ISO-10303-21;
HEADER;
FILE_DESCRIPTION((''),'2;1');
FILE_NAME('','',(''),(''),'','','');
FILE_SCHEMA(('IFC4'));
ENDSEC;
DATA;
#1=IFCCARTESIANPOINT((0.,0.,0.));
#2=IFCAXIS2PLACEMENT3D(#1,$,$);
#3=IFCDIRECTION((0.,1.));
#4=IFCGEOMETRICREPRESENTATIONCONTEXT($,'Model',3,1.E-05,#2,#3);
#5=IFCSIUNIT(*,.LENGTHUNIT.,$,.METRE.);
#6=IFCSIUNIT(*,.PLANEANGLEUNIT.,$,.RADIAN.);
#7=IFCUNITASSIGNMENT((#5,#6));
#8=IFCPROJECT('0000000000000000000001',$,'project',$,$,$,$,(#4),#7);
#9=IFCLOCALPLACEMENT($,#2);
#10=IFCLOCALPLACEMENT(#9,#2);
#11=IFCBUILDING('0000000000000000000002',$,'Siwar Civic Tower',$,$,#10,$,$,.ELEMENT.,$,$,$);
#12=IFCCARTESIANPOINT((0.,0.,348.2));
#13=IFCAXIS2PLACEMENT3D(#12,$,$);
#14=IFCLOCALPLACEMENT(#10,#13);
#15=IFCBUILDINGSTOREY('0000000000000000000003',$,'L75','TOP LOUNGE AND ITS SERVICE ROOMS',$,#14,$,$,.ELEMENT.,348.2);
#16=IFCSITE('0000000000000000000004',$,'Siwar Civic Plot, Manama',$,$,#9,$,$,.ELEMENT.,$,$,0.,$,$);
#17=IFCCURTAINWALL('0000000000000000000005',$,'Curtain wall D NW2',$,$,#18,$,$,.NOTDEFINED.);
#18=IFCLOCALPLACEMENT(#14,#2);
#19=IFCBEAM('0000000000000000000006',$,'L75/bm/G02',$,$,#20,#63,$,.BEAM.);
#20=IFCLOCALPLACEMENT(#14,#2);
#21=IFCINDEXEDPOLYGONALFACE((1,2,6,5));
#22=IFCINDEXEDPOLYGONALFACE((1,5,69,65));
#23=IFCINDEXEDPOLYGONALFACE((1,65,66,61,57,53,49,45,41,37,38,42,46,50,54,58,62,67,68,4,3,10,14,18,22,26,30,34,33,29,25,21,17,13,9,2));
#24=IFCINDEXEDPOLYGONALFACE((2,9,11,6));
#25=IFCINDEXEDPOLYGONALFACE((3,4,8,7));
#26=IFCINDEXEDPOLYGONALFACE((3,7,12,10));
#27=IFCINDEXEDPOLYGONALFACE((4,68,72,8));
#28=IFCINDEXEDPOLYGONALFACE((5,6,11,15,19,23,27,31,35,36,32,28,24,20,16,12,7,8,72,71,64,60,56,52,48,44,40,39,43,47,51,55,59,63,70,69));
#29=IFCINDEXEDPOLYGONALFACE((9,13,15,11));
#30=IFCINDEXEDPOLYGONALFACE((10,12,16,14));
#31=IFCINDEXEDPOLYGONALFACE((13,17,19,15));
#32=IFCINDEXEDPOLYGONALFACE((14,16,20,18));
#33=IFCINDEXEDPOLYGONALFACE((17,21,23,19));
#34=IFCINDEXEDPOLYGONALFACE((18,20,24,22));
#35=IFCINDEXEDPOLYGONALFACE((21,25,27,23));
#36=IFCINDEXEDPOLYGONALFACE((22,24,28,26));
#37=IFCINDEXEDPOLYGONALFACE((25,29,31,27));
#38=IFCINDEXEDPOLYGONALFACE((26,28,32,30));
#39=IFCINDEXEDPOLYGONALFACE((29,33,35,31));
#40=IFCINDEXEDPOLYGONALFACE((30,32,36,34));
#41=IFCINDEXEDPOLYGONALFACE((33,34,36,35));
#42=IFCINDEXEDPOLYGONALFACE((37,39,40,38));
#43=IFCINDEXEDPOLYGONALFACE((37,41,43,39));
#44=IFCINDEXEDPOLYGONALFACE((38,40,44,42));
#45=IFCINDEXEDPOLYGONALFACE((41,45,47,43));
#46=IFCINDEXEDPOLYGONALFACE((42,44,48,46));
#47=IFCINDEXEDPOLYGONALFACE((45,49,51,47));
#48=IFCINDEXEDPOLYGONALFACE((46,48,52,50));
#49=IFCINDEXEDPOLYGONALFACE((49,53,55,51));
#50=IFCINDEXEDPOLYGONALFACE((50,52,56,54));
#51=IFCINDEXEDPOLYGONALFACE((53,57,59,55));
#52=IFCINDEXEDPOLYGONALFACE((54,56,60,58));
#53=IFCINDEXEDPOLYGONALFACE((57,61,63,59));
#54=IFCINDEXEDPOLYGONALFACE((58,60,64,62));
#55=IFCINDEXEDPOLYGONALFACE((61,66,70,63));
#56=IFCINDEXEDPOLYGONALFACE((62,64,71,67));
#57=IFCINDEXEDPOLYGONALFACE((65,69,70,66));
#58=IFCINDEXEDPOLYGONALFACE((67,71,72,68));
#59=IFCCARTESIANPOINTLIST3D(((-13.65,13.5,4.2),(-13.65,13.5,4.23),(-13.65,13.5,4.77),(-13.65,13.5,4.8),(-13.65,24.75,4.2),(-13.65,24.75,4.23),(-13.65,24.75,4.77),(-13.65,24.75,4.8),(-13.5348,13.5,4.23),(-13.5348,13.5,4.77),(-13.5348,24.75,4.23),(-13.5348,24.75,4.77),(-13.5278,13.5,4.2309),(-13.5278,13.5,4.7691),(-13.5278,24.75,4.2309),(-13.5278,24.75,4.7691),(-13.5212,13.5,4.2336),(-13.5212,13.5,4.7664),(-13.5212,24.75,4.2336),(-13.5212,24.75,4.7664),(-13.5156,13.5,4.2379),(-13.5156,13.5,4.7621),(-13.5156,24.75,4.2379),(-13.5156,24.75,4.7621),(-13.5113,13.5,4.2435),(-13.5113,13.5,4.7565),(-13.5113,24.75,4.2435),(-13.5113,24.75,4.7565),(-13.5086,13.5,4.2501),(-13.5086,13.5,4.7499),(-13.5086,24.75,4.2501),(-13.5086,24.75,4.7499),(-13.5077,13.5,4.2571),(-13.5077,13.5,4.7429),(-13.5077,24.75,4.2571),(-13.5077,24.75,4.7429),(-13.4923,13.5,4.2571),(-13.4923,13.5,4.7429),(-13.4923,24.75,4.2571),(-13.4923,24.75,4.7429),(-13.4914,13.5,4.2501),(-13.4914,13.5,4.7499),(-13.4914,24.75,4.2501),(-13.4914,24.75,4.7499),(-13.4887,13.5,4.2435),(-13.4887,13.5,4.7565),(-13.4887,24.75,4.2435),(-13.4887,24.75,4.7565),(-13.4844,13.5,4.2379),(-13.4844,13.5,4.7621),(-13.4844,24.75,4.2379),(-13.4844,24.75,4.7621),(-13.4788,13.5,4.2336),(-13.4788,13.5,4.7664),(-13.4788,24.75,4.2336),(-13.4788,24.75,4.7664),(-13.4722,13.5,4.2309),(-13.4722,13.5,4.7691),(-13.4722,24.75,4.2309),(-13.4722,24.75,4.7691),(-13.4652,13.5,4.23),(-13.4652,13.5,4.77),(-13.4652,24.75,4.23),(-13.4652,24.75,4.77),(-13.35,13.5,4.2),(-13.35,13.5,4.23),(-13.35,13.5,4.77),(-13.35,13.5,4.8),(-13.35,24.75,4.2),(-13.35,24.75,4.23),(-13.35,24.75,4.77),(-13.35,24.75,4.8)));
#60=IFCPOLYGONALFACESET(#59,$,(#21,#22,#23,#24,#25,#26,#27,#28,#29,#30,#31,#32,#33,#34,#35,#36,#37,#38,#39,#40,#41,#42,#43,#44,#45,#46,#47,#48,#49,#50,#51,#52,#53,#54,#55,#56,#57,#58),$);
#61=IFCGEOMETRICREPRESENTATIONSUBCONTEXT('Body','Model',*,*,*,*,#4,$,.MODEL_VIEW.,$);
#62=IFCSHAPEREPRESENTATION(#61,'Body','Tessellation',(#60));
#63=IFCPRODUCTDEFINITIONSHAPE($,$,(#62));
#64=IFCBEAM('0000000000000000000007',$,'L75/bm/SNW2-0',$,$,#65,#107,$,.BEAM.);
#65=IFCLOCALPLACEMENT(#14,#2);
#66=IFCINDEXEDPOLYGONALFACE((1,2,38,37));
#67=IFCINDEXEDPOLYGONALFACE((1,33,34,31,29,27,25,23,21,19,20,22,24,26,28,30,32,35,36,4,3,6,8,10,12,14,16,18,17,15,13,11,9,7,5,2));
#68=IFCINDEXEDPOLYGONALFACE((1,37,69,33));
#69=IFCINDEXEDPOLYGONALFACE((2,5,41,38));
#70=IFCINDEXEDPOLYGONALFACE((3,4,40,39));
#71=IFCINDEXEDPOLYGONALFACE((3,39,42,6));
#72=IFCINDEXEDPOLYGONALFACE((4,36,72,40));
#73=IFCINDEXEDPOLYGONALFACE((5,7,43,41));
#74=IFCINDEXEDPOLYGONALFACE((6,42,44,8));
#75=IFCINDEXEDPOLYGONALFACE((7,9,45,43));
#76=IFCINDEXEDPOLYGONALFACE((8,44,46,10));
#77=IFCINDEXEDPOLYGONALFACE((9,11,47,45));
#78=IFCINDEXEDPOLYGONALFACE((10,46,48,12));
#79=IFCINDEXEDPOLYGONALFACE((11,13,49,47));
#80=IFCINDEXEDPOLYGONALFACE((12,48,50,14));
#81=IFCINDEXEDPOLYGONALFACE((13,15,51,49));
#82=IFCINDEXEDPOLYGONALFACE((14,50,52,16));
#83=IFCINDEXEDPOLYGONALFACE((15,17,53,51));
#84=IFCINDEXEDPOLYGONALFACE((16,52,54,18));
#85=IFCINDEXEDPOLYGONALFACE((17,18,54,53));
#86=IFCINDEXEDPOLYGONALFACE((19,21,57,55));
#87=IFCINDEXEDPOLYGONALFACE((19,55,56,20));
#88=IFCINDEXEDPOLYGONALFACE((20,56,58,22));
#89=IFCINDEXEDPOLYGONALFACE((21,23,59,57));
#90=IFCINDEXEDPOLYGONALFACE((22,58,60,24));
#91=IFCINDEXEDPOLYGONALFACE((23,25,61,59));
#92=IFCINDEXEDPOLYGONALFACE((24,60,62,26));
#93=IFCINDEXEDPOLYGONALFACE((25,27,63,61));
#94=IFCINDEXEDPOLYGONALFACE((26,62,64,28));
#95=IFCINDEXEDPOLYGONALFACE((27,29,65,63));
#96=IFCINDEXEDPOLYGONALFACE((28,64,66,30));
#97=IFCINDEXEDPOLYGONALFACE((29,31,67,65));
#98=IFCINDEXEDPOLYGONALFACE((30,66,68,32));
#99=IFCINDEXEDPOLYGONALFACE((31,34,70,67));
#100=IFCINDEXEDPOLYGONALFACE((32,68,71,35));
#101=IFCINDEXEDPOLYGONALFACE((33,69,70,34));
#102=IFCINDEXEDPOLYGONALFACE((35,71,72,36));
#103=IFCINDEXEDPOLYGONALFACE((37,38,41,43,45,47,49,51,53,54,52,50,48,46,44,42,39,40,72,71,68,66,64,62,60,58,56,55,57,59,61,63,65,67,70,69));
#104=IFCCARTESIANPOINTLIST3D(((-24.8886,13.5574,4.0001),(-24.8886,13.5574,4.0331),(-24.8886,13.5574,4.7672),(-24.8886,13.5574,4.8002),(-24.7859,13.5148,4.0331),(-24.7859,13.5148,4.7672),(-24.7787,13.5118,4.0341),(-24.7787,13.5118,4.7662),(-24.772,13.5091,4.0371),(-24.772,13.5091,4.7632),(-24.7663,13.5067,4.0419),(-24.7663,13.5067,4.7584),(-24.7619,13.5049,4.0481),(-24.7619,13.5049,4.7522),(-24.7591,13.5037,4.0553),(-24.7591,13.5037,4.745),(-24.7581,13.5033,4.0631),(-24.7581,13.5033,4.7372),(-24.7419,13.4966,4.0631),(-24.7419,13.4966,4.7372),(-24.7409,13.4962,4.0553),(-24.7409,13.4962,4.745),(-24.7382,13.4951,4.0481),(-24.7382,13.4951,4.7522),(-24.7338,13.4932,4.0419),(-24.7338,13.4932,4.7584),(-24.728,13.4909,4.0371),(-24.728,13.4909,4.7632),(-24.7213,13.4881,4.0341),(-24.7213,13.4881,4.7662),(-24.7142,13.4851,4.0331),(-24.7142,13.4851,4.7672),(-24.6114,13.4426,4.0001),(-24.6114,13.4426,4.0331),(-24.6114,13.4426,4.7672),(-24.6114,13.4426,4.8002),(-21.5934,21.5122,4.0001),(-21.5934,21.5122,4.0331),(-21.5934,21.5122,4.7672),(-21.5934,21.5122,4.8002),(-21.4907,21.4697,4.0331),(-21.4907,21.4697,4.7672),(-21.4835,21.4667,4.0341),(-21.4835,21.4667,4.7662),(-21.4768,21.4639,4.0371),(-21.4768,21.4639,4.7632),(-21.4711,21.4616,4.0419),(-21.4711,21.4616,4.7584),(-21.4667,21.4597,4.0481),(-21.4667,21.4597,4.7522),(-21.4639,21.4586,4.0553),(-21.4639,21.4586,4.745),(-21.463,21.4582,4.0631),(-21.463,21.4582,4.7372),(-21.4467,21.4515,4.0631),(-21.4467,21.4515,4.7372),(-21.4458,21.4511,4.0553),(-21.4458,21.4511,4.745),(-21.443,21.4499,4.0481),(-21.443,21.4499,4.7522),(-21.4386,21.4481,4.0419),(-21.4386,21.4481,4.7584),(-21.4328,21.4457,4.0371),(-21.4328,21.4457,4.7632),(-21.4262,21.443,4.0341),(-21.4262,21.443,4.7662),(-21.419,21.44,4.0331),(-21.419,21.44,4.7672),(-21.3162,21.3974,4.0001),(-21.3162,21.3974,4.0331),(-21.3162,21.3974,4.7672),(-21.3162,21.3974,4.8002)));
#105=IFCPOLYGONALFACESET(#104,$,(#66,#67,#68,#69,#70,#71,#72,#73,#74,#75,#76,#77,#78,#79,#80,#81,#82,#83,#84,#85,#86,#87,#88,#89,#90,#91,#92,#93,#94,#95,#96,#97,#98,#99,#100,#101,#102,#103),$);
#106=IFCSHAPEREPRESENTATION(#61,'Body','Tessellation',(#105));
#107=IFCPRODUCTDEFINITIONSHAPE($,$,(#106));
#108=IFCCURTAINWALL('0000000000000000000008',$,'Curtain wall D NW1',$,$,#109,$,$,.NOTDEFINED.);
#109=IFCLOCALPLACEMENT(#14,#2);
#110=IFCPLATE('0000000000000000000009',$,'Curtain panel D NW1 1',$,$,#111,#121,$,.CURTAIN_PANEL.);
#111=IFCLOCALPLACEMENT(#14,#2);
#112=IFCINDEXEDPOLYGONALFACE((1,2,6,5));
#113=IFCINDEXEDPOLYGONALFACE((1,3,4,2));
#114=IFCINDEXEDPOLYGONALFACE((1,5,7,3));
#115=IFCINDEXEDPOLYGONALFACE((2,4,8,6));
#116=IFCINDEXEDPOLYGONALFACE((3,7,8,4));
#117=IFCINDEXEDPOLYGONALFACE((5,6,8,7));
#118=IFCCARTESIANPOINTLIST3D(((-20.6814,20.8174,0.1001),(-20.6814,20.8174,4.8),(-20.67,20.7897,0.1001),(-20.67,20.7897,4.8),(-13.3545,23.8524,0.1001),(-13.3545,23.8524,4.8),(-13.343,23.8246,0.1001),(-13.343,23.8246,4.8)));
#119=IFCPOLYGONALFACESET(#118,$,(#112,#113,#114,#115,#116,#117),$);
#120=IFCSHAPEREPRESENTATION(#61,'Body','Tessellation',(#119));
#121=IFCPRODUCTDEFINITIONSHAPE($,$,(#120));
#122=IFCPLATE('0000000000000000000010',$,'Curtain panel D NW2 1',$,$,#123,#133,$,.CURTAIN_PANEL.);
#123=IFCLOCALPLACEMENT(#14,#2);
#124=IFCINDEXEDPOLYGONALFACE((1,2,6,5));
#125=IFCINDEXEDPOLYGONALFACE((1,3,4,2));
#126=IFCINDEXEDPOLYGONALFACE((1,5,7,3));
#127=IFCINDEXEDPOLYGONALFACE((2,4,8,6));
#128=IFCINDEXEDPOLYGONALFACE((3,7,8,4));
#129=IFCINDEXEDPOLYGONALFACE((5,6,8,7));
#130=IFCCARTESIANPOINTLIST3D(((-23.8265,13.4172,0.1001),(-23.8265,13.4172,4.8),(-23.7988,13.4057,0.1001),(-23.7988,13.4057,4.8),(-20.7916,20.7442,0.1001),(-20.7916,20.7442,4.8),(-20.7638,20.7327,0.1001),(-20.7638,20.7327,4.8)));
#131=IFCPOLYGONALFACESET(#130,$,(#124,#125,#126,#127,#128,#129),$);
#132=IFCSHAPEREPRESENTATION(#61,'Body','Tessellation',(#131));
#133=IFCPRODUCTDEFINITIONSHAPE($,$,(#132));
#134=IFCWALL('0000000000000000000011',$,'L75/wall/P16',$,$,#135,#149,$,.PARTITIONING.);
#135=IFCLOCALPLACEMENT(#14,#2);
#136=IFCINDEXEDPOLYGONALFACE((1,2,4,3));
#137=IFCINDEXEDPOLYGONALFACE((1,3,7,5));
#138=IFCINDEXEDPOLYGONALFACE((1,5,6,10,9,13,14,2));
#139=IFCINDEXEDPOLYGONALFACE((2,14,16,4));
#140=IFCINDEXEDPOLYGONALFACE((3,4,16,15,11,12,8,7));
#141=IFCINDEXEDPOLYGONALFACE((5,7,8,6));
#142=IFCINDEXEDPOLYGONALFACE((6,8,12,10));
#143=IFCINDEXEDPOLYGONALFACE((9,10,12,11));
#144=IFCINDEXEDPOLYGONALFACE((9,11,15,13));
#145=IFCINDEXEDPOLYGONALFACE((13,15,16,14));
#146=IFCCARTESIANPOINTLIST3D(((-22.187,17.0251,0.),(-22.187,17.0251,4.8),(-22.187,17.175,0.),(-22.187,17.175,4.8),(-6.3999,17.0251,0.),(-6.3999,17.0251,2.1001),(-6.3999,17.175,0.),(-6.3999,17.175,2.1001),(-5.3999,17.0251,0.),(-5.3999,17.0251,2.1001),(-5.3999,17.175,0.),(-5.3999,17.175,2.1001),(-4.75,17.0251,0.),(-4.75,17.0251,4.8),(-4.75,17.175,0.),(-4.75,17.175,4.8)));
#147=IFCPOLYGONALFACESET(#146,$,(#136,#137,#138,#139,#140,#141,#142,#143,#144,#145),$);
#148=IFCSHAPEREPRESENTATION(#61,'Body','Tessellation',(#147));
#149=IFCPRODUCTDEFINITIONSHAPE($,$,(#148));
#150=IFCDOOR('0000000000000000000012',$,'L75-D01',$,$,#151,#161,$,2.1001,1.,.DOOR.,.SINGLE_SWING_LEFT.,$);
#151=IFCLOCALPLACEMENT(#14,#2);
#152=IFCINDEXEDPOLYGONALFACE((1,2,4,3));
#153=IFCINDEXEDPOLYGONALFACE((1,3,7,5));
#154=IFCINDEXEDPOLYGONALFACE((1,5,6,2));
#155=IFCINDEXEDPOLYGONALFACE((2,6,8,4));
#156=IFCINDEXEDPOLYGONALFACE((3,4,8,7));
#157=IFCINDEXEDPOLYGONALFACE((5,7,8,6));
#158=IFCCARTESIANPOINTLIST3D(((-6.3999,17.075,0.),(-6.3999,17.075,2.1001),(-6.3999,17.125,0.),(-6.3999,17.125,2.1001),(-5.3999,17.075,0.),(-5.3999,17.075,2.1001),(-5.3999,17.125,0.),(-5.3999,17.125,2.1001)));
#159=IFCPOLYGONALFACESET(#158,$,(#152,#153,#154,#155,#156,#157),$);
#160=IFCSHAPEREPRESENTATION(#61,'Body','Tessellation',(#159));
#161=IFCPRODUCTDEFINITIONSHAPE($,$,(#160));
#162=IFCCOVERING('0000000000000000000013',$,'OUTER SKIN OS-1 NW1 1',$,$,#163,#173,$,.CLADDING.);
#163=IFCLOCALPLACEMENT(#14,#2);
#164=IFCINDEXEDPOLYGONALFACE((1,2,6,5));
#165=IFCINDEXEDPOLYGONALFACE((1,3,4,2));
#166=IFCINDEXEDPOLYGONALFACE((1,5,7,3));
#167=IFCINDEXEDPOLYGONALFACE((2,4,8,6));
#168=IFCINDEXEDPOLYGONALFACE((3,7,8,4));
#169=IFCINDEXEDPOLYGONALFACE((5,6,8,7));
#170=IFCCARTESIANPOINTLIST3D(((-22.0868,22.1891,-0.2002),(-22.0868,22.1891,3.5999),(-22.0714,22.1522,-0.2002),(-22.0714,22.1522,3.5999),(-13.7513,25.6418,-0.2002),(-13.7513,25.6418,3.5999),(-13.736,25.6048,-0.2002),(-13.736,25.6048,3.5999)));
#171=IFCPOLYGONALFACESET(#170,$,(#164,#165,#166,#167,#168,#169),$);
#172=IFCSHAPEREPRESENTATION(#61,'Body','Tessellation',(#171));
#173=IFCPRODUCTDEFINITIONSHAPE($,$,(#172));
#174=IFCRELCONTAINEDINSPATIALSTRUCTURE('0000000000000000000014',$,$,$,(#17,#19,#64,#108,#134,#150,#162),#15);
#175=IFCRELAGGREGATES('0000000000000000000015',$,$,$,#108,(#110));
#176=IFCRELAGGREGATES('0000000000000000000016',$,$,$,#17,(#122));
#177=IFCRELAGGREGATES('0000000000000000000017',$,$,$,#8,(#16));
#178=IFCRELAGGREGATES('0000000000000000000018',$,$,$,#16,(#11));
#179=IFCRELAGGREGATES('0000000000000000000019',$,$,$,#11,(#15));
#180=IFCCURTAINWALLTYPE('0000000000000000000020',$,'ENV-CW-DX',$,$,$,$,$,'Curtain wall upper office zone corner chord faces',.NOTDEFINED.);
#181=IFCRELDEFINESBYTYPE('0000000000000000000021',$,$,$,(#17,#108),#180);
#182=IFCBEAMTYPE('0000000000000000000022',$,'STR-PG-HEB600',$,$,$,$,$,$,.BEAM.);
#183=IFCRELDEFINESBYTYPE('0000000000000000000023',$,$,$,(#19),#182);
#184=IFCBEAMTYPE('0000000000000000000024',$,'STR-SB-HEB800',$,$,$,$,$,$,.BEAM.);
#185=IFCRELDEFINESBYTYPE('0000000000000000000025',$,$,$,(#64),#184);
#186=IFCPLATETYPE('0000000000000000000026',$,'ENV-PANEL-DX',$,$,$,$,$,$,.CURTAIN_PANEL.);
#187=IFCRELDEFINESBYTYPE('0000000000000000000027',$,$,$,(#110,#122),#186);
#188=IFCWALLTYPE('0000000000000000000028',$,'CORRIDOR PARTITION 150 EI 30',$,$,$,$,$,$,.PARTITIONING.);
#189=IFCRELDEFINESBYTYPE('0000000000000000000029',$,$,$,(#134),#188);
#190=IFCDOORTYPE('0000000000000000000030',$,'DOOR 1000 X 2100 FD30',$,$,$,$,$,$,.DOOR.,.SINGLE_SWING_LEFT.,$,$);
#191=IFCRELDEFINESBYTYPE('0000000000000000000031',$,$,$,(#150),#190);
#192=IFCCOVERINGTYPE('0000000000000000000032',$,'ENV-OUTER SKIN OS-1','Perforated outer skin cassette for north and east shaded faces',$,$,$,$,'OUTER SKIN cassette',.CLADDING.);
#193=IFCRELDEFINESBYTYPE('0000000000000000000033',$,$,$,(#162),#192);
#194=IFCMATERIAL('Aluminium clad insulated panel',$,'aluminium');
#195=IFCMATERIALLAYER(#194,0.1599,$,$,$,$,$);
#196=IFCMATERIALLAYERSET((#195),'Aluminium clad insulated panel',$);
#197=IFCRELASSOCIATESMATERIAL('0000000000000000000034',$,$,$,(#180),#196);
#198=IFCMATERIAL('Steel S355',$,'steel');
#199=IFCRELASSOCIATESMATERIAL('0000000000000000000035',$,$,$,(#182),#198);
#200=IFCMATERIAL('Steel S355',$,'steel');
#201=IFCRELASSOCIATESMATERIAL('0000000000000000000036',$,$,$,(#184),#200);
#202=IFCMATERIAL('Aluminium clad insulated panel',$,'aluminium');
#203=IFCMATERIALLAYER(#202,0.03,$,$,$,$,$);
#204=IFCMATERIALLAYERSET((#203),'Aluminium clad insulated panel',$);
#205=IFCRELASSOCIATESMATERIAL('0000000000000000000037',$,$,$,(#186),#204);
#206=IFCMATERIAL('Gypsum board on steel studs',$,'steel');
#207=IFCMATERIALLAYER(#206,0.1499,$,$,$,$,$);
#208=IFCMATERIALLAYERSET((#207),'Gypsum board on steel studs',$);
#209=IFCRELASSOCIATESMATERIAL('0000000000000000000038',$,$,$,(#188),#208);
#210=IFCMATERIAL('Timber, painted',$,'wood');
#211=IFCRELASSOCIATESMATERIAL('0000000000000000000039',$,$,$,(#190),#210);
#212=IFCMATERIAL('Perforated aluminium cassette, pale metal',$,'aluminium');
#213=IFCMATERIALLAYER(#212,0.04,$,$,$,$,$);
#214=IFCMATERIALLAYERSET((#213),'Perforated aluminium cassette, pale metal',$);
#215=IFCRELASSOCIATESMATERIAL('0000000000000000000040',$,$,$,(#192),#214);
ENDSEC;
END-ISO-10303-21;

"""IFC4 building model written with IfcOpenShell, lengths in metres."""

from ifc_helpers import new_model, si_unit, direction, frame, frame_2d, origin, origin_2d, place, context, subcontext, project, spatial, rectangle, i_section, extrude, material, layer, layer_set, material_profile, profile_set, type_object, element, fill, aggregate, save


model = new_model("IFC4")

# Units and contexts
model_context = context("Model", 3, precision=1e-05, world=origin(), true_north=direction((0.0, 1.0)))
body_context = subcontext(model_context, "Body", "Model", "MODEL_VIEW")
ifc_project = project(units=[si_unit("LENGTHUNIT", "METRE"), si_unit("PLANEANGLEUNIT", "RADIAN")], contexts=[model_context])

# Site, building, storey
site_placement = place(None, origin())
site = spatial("IfcSite", under=ifc_project, at=site_placement, Name="Siwar Civic Plot, Manama", CompositionType="ELEMENT", RefElevation=0.0)
building_placement = place(site_placement, origin())
building = spatial("IfcBuilding", under=site, at=building_placement, Name="Siwar Civic Tower", CompositionType="ELEMENT")
storey_placement = place(building_placement, frame((0.0, 0.0, 348.2)))
storey = spatial("IfcBuildingStorey", under=building, at=storey_placement, Name="L75", Description="TOP LOUNGE AND ITS SERVICE ROOMS", CompositionType="ELEMENT", Elevation=348.2)

# Curtain wall
ifc_material_1 = material(Name="Aluminium clad insulated panel", Category="aluminium")
ifc_layer_1 = layer(ifc_material_1, 0.1599)
ifc_layer_set_1 = layer_set([ifc_layer_1], Name="Aluminium clad insulated panel")
curtain_wall_type = type_object("IfcCurtainWallType", Name="ENV-CW-DX", ElementType="Curtain wall upper office zone corner chord faces", PredefinedType="NOTDEFINED", material=ifc_layer_set_1)
curtain_wall_1_placement = place(storey_placement, origin())
curtain_wall_1 = element("IfcCurtainWall", 1, at=curtain_wall_1_placement, inside=storey, type_object=curtain_wall_type, Name="Curtain wall D NW2", PredefinedType="NOTDEFINED")

# Beams
ifc_material_2 = material(Name="Steel S355", Category="steel")
ifc_material_profile_1 = material_profile(ifc_material_2, i_section(OverallWidth=0.3, OverallDepth=0.6001, WebThickness=0.0154, FlangeThickness=0.03, FilletRadius=0.0271, at=origin_2d()), Name="HEB600")
ifc_profile_set_1 = profile_set([ifc_material_profile_1], Name="Steel S355")
beam_type_1 = type_object("IfcBeamType", Name="STR-PG-HEB600", PredefinedType="BEAM", material=ifc_profile_set_1)
beam_1_placement = place(storey_placement, frame((-13.5, 13.5, 4.5), z_axis=(0.0, 1.0, 0.0), x_axis=(-1.0, 0.0, 0.0)))
element("IfcBeam", 2, at=beam_1_placement, inside=storey, type_object=beam_type_1, Name="L75/bm/G02", PredefinedType="BEAM", context=body_context, shape_type="SweptSolid", body=[
    extrude(i_section(OverallWidth=0.3, OverallDepth=0.6001, WebThickness=0.0154, FlangeThickness=0.03, FilletRadius=0.0271, at=origin_2d()), origin(), (0.0, 0.0, 1.0), 11.25),
])
ifc_material_3 = material(Name="Steel S355", Category="steel")
ifc_material_profile_2 = material_profile(ifc_material_3, i_section(OverallWidth=0.3, OverallDepth=0.8, WebThickness=0.0176, FlangeThickness=0.033, FilletRadius=0.03, at=origin_2d()), Name="HEB800")
ifc_profile_set_2 = profile_set([ifc_material_profile_2], Name="Steel S355")
beam_type_2 = type_object("IfcBeamType", Name="STR-SB-HEB800", PredefinedType="BEAM", material=ifc_profile_set_2)
beam_2_placement = place(storey_placement, frame((-21.4548, 21.4548, 4.4001), z_axis=(-0.3827, -0.923873, 0.0), x_axis=(0.923873, -0.3827, 0.0)))
element("IfcBeam", 3, at=beam_2_placement, inside=storey, type_object=beam_type_2, Name="L75/bm/SNW2-0", PredefinedType="BEAM", context=body_context, shape_type="SweptSolid", body=[
    extrude(i_section(OverallWidth=0.3, OverallDepth=0.8, WebThickness=0.0176, FlangeThickness=0.033, FilletRadius=0.03, at=origin_2d()), origin(), (0.0, 0.0, 1.0), 8.6104),
])

# Curtain wall, plate
curtain_wall_2_placement = place(storey_placement, origin())
curtain_wall_2 = element("IfcCurtainWall", 4, at=curtain_wall_2_placement, inside=storey, type_object=curtain_wall_type, Name="Curtain wall D NW1", PredefinedType="NOTDEFINED")
ifc_material_4 = material(Name="Aluminium clad insulated panel", Category="aluminium")
ifc_layer_2 = layer(ifc_material_4, 0.03)
ifc_layer_set_2 = layer_set([ifc_layer_2], Name="Aluminium clad insulated panel")
plate_type = type_object("IfcPlateType", Name="ENV-PANEL-DX", PredefinedType="CURTAIN_PANEL", material=ifc_layer_set_2)
plate_1_placement = place(storey_placement, frame((-17.0122, 22.321, 0.1001), z_axis=(0.0, 0.0, 1.0), x_axis=(-0.92388, -0.382683, 0.0)))
plate_1 = element("IfcPlate", 5, at=plate_1_placement, type_object=plate_type, Name="Curtain panel D NW1 1", PredefinedType="CURTAIN_PANEL", context=body_context, shape_type="SweptSolid", body=[
    extrude(rectangle(XDim=7.9307, YDim=0.03, at=origin_2d()), origin(), (0.0, 0.0, 1.0), 4.7),
])
aggregate(curtain_wall_2, [plate_1])

# Plate
plate_2_placement = place(storey_placement, frame((-22.2952, 17.075, 0.1001), z_axis=(0.0, 0.0, 1.0), x_axis=(-0.382683, -0.92388, 0.0)))
plate_2 = element("IfcPlate", 6, at=plate_2_placement, type_object=plate_type, Name="Curtain panel D NW2 1", PredefinedType="CURTAIN_PANEL", context=body_context, shape_type="SweptSolid", body=[
    extrude(rectangle(XDim=7.9307, YDim=0.03, at=origin_2d()), origin(), (0.0, 0.0, 1.0), 4.7),
])
aggregate(curtain_wall_1, [plate_2])

# Wall, opening, door
ifc_material_5 = material(Name="Gypsum board on steel studs", Category="steel")
ifc_layer_3 = layer(ifc_material_5, 0.1499)
ifc_layer_set_3 = layer_set([ifc_layer_3], Name="Gypsum board on steel studs")
wall_type = type_object("IfcWallType", Name="CORRIDOR PARTITION 150 EI 30", PredefinedType="PARTITIONING", material=ifc_layer_set_3)
wall_placement = place(storey_placement, frame((-22.187, 17.1001, 0.0), z_axis=(0.0, 0.0, 1.0), x_axis=(1.0, 0.0, 0.0)))
wall = element("IfcWall", 7, at=wall_placement, inside=storey, type_object=wall_type, Name="L75/wall/P16", PredefinedType="PARTITIONING", context=body_context, shape_type="SweptSolid", body=[
    extrude(rectangle(XDim=17.437, YDim=0.1499, at=frame_2d((8.7185, 0.0))), origin(), (0.0, 0.0, 1.0), 4.8),
])
opening_placement = place(wall_placement, frame((15.7871, 0.0, 0.0)))
opening = element("IfcOpeningElement", 8, at=opening_placement, cuts=wall, PredefinedType="OPENING", context=body_context, shape_type="SweptSolid", body=[
    extrude(rectangle(XDim=1.0, YDim=2.1001, at=frame_2d((0.5, 1.05))), frame((0.0, 0.085, 0.0), z_axis=(0.0, -1.0, 0.0), x_axis=(1.0, 0.0, 0.0)), (0.0, 0.0, 1.0), 0.1699),
])
ifc_material_6 = material(Name="Timber, painted", Category="wood")
door_type = type_object("IfcDoorType", Name="DOOR 1000 X 2100 FD30", OperationType="SINGLE_SWING_LEFT", PredefinedType="DOOR", material=ifc_material_6)
door_placement = place(opening_placement, origin())
door = element("IfcDoor", 9, at=door_placement, inside=storey, type_object=door_type, Name="L75-D01", OperationType="SINGLE_SWING_LEFT", OverallHeight=2.1001, OverallWidth=1.0, PredefinedType="DOOR", context=body_context, shape_type="SweptSolid", body=[
    extrude(rectangle(XDim=1.0, YDim=2.1001, at=frame_2d((0.5, 1.05))), frame((0.0, 0.0249, 0.0), z_axis=(0.0, -1.0, 0.0), x_axis=(1.0, 0.0, 0.0)), (0.0, 0.0, 1.0), 0.05),
])
fill(opening, door)

# Covering
ifc_material_7 = material(Name="Perforated aluminium cassette, pale metal", Category="aluminium")
ifc_layer_4 = layer(ifc_material_7, 0.04)
ifc_layer_set_4 = layer_set([ifc_layer_4], Name="Perforated aluminium cassette, pale metal")
covering_type_1 = type_object("IfcCoveringType", Name="ENV-OUTER SKIN OS-1", Description="Perforated outer skin cassette for north and east shaded faces", ElementType="OUTER SKIN cassette", PredefinedType="CLADDING", material=ifc_layer_set_4)
covering_1_placement = place(storey_placement, frame((-17.9114, 23.897, -0.2002), z_axis=(0.0, 0.0, 1.0), x_axis=(-0.92388, -0.382683, 0.0)))
element("IfcCovering", 10, at=covering_1_placement, inside=storey, type_object=covering_type_1, Name="OUTER SKIN OS-1 NW1 1", PredefinedType="CLADDING", context=body_context, shape_type="SweptSolid", body=[
    extrude(rectangle(XDim=9.0222, YDim=0.04, at=origin_2d()), origin(), (0.0, 0.0, 1.0), 3.8),
])

save(model, "model.ifc")
